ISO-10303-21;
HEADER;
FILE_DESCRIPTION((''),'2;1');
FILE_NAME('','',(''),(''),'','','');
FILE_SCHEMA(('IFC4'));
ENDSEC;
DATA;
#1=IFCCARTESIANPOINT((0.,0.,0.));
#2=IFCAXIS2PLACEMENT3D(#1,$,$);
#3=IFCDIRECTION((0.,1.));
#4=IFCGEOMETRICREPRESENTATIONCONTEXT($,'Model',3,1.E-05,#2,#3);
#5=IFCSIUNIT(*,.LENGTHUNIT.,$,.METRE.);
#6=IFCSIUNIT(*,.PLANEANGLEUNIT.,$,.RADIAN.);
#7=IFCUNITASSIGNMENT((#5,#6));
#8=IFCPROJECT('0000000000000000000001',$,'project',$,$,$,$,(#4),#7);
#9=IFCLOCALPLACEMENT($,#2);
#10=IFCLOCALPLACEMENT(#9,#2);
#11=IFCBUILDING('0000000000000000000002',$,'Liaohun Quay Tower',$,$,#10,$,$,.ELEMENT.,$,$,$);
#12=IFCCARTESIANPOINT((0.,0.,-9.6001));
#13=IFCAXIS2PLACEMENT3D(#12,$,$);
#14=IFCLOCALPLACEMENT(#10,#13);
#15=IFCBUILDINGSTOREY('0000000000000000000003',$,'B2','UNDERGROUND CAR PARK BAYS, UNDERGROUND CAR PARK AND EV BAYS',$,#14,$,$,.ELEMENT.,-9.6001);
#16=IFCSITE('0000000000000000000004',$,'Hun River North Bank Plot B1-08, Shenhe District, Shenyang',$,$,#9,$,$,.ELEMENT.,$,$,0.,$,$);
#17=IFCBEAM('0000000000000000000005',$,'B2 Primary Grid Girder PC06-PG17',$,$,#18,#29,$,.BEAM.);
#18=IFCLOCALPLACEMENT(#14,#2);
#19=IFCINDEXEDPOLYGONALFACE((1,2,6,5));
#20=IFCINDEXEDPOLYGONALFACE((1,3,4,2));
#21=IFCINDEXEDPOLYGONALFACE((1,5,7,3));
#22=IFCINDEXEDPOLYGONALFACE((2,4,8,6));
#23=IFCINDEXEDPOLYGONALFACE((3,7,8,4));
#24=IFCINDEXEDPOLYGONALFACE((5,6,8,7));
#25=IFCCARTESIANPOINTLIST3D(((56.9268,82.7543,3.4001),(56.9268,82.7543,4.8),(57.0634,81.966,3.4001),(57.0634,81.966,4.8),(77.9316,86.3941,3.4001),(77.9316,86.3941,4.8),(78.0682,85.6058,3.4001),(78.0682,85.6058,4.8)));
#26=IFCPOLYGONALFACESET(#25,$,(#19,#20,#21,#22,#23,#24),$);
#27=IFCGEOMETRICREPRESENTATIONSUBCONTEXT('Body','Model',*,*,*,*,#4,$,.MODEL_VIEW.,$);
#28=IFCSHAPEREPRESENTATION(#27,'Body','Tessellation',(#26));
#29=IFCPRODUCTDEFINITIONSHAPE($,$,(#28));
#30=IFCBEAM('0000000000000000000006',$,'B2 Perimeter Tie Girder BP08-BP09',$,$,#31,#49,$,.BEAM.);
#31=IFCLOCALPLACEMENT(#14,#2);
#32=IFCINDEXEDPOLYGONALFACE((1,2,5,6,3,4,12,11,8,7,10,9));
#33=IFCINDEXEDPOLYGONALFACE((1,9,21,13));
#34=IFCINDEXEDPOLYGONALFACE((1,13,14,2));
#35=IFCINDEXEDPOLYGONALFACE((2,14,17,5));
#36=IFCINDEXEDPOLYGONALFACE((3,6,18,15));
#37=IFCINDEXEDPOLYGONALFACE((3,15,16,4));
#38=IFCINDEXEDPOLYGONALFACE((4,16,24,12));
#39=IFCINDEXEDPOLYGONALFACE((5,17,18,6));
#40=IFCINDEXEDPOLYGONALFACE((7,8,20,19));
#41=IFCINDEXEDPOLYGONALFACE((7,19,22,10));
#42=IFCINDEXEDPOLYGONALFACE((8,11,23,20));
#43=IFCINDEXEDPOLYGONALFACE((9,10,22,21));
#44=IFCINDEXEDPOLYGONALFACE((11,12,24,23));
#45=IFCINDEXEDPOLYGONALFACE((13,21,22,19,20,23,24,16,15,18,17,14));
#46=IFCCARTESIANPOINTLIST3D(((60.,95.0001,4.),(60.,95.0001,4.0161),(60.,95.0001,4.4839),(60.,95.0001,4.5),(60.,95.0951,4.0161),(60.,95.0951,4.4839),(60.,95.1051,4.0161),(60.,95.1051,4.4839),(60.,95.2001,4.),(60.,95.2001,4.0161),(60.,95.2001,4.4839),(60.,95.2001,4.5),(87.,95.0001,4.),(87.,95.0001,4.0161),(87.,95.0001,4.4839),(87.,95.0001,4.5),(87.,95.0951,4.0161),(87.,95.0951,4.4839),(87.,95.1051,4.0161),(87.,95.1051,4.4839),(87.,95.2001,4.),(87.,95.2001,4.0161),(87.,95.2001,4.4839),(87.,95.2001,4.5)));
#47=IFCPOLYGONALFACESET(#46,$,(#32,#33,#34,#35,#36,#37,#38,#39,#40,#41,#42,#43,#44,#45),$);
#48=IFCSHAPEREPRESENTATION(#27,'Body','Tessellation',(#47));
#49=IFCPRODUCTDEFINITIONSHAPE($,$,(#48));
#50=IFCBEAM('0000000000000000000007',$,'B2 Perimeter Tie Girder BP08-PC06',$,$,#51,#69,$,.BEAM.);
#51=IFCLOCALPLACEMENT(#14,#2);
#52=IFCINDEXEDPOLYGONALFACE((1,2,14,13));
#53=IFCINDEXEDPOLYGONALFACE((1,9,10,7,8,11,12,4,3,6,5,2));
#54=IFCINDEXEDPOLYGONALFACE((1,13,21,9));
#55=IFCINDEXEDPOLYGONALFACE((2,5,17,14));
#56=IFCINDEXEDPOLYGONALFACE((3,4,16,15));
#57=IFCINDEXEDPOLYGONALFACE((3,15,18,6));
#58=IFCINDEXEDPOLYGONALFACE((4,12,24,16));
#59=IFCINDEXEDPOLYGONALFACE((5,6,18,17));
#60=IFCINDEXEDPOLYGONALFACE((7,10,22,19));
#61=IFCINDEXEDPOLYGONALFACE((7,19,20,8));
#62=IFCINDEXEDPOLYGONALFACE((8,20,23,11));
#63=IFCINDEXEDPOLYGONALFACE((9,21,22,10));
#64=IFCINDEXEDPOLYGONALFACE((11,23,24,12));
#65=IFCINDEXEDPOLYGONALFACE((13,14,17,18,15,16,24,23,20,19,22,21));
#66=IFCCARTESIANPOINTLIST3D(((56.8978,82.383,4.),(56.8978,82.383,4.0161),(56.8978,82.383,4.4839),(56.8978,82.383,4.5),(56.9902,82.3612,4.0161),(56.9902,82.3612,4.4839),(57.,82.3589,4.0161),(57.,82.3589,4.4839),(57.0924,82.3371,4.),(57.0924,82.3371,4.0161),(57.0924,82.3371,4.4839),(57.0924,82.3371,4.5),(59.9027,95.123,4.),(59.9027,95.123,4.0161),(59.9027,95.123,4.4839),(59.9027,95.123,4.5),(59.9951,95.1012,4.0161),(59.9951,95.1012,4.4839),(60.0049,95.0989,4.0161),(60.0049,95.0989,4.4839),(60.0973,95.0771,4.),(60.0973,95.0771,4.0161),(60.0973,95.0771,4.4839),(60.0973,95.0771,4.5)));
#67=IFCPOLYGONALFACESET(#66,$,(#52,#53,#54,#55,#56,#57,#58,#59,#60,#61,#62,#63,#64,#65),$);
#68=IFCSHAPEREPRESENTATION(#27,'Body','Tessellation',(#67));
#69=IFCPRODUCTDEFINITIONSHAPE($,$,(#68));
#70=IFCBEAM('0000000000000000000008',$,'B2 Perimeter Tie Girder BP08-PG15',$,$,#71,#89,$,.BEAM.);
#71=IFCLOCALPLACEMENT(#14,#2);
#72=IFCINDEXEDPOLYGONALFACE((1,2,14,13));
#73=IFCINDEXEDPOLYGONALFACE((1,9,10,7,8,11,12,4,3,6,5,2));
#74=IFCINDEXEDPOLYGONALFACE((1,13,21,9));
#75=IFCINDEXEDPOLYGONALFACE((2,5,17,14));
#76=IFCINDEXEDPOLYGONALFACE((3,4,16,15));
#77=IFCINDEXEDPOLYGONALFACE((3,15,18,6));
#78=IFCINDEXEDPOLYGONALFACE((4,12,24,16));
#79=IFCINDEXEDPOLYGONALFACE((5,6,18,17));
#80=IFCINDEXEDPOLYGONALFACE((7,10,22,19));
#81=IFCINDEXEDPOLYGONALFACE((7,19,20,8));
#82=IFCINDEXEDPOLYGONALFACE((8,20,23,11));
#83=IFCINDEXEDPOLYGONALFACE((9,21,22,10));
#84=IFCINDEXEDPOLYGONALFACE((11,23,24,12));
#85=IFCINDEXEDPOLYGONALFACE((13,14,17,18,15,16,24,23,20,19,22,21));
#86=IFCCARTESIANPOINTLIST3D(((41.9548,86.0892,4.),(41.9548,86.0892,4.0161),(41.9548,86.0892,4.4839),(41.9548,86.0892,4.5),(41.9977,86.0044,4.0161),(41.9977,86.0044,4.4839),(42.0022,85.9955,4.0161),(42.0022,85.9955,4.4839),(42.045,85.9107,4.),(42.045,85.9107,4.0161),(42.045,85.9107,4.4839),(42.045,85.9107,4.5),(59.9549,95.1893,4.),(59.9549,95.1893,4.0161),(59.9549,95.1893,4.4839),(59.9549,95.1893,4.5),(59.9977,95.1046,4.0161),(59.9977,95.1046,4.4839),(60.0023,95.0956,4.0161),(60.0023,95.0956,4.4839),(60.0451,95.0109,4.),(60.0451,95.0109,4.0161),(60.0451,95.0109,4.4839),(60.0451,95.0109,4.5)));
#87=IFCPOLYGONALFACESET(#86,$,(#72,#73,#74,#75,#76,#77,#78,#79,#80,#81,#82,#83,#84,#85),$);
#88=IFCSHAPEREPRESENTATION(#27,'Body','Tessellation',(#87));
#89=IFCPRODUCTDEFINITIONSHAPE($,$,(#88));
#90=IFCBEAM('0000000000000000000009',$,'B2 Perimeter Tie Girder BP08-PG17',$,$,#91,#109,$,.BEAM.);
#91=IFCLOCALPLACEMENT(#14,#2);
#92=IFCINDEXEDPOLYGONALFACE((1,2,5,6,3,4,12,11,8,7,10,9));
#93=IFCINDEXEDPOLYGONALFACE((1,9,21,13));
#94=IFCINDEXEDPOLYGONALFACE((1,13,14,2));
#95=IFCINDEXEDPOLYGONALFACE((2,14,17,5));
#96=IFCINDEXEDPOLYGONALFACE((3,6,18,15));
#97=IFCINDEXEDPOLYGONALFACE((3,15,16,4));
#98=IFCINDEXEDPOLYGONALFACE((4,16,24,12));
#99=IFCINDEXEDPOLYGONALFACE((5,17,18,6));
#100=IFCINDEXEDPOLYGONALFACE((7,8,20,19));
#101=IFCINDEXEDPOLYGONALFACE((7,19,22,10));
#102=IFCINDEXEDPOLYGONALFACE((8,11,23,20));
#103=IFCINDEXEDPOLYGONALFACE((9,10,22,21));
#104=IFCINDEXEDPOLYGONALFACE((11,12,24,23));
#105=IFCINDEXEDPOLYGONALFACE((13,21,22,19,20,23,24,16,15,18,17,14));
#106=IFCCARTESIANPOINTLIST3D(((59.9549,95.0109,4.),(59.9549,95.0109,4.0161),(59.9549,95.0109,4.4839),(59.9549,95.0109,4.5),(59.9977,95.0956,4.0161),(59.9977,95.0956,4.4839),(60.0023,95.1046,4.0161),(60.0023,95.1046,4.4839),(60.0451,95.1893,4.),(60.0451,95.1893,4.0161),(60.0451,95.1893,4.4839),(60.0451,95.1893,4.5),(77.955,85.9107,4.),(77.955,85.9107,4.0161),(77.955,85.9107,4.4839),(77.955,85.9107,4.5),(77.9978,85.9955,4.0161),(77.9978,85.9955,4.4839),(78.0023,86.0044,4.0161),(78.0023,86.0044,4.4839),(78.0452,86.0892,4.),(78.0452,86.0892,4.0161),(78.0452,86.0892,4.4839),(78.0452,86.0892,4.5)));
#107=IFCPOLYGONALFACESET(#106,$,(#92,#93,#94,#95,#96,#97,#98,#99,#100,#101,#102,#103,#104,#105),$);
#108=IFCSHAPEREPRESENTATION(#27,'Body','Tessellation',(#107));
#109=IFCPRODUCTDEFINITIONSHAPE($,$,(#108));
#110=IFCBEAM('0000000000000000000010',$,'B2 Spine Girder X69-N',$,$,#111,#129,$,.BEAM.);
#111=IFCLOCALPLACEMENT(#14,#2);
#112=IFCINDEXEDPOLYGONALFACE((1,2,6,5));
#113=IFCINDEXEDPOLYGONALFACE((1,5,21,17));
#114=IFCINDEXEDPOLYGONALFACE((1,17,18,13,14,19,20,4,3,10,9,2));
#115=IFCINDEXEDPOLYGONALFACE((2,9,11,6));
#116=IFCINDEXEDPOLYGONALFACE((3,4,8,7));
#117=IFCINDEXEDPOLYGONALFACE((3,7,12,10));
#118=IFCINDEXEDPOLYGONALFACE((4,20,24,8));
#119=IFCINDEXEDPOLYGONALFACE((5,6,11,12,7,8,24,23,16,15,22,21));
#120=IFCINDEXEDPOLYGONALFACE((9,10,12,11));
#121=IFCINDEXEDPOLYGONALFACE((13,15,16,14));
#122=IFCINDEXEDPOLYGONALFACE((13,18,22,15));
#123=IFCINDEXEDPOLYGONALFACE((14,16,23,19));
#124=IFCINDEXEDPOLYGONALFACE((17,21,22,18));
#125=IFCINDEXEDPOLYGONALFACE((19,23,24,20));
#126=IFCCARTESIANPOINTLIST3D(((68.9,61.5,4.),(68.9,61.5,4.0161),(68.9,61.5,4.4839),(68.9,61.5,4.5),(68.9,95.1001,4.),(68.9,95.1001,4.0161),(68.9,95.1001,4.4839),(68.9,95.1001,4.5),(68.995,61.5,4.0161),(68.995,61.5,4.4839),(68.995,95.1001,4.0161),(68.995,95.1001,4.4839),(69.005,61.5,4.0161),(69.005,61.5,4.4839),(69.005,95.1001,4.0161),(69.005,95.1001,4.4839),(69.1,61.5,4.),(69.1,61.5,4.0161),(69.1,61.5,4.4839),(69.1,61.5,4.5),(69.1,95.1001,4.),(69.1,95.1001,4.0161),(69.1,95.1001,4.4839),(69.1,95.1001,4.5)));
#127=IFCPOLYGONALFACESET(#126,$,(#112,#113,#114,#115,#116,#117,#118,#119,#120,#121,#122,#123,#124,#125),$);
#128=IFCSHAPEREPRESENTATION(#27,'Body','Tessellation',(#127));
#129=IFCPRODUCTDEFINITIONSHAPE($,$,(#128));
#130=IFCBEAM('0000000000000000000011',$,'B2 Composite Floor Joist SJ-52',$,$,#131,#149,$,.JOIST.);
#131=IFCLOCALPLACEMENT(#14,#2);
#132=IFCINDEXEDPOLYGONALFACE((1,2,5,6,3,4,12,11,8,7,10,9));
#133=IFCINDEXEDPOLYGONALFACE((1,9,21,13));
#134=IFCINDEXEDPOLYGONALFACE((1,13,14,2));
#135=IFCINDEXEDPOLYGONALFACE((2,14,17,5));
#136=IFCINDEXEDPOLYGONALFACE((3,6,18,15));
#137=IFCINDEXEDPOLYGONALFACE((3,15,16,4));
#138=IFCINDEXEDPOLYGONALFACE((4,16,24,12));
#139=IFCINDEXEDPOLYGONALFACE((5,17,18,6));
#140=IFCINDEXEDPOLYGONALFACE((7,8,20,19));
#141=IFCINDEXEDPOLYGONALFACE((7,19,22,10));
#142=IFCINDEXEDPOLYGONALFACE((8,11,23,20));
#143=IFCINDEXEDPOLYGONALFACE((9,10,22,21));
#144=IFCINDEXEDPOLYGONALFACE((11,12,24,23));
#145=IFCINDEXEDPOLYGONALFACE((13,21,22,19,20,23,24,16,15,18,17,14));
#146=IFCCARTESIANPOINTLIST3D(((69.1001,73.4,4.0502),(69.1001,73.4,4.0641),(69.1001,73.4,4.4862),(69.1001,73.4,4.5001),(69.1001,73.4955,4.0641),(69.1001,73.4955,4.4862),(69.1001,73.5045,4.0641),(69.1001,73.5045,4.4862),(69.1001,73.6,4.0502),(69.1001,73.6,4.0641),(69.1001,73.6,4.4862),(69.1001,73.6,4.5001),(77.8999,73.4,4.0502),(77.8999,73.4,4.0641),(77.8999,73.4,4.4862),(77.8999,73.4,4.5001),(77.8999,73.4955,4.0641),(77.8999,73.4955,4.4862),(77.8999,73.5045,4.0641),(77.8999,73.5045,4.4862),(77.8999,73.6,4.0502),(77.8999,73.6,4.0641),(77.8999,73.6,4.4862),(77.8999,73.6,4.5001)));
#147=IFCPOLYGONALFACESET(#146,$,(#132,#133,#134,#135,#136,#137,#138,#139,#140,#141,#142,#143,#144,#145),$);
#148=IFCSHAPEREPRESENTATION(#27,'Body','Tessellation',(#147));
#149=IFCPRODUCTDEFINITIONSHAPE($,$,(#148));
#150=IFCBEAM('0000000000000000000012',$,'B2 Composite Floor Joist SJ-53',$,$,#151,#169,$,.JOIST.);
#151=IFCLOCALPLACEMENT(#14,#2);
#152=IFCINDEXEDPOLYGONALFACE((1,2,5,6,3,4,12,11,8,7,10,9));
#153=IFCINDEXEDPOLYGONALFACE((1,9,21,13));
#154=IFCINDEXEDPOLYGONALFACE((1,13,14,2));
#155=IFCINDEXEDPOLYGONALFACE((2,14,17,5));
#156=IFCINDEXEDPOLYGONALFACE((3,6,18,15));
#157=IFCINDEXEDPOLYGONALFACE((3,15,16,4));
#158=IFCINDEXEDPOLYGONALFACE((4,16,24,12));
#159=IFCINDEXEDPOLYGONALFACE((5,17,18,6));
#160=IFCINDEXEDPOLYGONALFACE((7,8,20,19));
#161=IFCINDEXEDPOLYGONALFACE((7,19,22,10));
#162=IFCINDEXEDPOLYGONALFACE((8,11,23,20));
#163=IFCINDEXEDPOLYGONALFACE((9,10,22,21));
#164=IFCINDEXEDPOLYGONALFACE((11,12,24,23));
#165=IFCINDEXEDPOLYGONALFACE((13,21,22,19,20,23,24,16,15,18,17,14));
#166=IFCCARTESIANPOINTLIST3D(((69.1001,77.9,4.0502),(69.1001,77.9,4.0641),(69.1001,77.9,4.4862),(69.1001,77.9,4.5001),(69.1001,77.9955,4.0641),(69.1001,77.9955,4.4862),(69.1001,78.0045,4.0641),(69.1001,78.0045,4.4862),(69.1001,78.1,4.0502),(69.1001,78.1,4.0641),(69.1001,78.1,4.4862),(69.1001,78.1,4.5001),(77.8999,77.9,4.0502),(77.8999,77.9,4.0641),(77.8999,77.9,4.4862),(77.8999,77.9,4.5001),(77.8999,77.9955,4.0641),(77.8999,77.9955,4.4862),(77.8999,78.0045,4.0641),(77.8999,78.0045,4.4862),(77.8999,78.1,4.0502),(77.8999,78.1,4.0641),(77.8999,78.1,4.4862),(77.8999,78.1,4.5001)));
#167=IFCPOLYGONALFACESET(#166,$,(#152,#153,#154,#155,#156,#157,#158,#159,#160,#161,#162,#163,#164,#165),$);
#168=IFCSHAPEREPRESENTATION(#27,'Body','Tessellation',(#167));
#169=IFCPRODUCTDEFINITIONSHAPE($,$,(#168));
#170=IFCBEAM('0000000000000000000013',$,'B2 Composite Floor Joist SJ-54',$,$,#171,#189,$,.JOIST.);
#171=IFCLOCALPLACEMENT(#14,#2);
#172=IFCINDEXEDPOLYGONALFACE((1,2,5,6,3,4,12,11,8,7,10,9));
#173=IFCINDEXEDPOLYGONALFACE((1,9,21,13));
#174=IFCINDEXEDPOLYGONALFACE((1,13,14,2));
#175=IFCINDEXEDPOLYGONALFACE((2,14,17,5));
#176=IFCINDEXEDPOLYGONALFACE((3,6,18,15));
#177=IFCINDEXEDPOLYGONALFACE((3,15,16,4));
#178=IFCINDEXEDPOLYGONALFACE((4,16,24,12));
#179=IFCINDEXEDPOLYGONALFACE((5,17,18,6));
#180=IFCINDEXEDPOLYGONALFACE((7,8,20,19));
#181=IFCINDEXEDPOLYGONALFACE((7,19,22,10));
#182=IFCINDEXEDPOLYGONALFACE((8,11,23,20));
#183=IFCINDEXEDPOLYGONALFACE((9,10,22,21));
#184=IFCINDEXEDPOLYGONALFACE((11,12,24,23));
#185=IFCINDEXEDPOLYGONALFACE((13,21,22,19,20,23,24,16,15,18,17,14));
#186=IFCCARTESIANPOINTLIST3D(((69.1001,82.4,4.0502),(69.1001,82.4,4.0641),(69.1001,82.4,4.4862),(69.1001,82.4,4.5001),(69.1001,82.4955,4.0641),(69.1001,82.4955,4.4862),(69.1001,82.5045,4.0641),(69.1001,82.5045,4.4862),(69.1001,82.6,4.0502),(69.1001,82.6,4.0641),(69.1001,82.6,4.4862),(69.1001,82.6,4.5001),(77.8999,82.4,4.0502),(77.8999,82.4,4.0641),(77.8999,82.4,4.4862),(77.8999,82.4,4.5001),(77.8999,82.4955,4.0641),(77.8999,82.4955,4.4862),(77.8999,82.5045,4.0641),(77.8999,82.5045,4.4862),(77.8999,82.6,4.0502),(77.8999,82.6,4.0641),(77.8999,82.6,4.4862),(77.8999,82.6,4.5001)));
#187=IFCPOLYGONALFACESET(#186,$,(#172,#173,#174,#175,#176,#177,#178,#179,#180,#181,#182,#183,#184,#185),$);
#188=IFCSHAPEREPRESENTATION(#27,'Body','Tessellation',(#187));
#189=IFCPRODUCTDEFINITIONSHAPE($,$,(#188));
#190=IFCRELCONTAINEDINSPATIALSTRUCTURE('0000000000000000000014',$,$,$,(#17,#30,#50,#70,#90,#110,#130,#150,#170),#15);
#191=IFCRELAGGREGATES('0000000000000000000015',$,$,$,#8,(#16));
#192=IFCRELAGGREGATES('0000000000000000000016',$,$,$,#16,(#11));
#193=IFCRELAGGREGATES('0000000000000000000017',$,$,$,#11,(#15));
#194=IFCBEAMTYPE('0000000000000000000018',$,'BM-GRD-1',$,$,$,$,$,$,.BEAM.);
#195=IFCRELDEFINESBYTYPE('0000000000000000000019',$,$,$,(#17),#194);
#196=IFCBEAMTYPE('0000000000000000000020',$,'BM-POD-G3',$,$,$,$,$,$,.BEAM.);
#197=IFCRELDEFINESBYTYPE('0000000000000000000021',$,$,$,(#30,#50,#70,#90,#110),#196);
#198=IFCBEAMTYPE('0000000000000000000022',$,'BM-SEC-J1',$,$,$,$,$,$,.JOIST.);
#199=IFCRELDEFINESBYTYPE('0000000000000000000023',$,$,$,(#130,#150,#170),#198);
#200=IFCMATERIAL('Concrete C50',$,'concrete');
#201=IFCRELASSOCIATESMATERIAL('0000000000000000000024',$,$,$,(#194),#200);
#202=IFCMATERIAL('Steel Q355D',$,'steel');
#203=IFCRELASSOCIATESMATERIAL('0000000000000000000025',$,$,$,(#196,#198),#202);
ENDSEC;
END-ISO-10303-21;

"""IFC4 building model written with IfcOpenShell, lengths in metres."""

from ifc_helpers import new_model, si_unit, direction, frame, origin, origin_2d, place, context, subcontext, project, spatial, rectangle, i_section, extrude, source, transform, mapped, material, material_profile, profile_set, type_object, element, save


model = new_model("IFC4")

# Units and contexts
model_context = context("Model", 3, precision=1e-05, world=origin(), true_north=direction((0.0, 1.0)))
body_context = subcontext(model_context, "Body", "Model", "MODEL_VIEW")
ifc_project = project(units=[si_unit("LENGTHUNIT", "METRE"), si_unit("PLANEANGLEUNIT", "RADIAN")], contexts=[model_context])

# Site, building, storey
site_placement = place(None, origin())
site = spatial("IfcSite", under=ifc_project, at=site_placement, Name="Hun River North Bank Plot B1-08, Shenhe District, Shenyang", CompositionType="ELEMENT", RefElevation=0.0)
building_placement = place(site_placement, origin())
building = spatial("IfcBuilding", under=site, at=building_placement, Name="Liaohun Quay Tower", CompositionType="ELEMENT")
storey_placement = place(building_placement, frame((0.0, 0.0, -9.6001)))
storey = spatial("IfcBuildingStorey", under=building, at=storey_placement, Name="B2", Description="UNDERGROUND CAR PARK BAYS, UNDERGROUND CAR PARK AND EV BAYS", CompositionType="ELEMENT", Elevation=-9.6001)

# Shared definitions
ifc_material_1 = material(Name="Concrete C50", Category="concrete")

# Beams
ifc_material_profile_1 = material_profile(ifc_material_1, rectangle(XDim=0.8, YDim=1.3999, at=origin_2d()), Name="RC800x1400")
ifc_profile_set_1 = profile_set([ifc_material_profile_1], Name="Concrete C50")
beam_type_1 = type_object("IfcBeamType", Name="BM-GRD-1", PredefinedType="BEAM", material=ifc_profile_set_1)
shared_shape_1 = source(origin(), body_context, "Body", "SweptSolid", [
    extrude(rectangle(XDim=0.8, YDim=1.3999, at=origin_2d()), origin(), (0.0, 0.0, 1.0), 21.3179),
])
beam_1_placement = place(storey_placement, frame((56.9951, 82.3601, 4.1001), z_axis=(0.985316, 0.170743, 0.0), x_axis=(-0.170743, 0.985316, 0.0)))
element("IfcBeam", 1, at=beam_1_placement, inside=storey, type_object=beam_type_1, Name="B2 Primary Grid Girder PC06-PG17", PredefinedType="BEAM", context=body_context, shape_type="MappedRepresentation", body=[
    mapped(shared_shape_1, transform((0.0, 0.0, 0.0), x_axis=(1.0, 0.0, 0.0), y_axis=(0.0, 1.0, 0.0), z_axis=(0.0, 0.0, 1.0), scale=1.0)),
])
ifc_material_2 = material(Name="Steel Q355D", Category="steel")
ifc_material_profile_2 = material_profile(ifc_material_2, i_section(OverallWidth=0.2, OverallDepth=0.5, WebThickness=0.01, FlangeThickness=0.0161, at=origin_2d()), Name="HN500x200x10x16")
ifc_profile_set_2 = profile_set([ifc_material_profile_2], Name="Steel Q355D")
beam_type_2 = type_object("IfcBeamType", Name="BM-POD-G3", PredefinedType="BEAM", material=ifc_profile_set_2)
shared_shape_2 = source(origin(), body_context, "Body", "SweptSolid", [
    extrude(i_section(OverallWidth=0.2, OverallDepth=0.5, WebThickness=0.01, FlangeThickness=0.0161, at=origin_2d()), origin(), (0.0, 0.0, 1.0), 27.0),
])
beam_2_placement = place(storey_placement, frame((60.0, 95.1001, 4.25), z_axis=(1.0, 0.0, 0.0), x_axis=(0.0, 1.0, 0.0)))
element("IfcBeam", 2, at=beam_2_placement, inside=storey, type_object=beam_type_2, Name="B2 Perimeter Tie Girder BP08-BP09", PredefinedType="BEAM", context=body_context, shape_type="MappedRepresentation", body=[
    mapped(shared_shape_2, transform((0.0, 0.0, 0.0), x_axis=(1.0, 0.0, 0.0), y_axis=(0.0, 1.0, 0.0), z_axis=(0.0, 0.0, 1.0), scale=1.0)),
])
shared_shape_3 = source(origin(), body_context, "Body", "SweptSolid", [
    extrude(i_section(OverallWidth=0.2, OverallDepth=0.5, WebThickness=0.01, FlangeThickness=0.0161, at=origin_2d()), origin(), (0.0, 0.0, 1.0), 13.0896),
])
beam_3_placement = place(storey_placement, frame((60.0, 95.1001, 4.25), z_axis=(-0.229563, -0.973294, 0.0), x_axis=(0.973294, -0.229563, 0.0)))
element("IfcBeam", 3, at=beam_3_placement, inside=storey, type_object=beam_type_2, Name="B2 Perimeter Tie Girder BP08-PC06", PredefinedType="BEAM", context=body_context, shape_type="MappedRepresentation", body=[
    mapped(shared_shape_3, transform((0.0, 0.0, 0.0), x_axis=(1.0, 0.0, 0.0), y_axis=(0.0, 1.0, 0.0), z_axis=(0.0, 0.0, 1.0), scale=1.0)),
])
shared_shape_4 = source(origin(), body_context, "Body", "SweptSolid", [
    extrude(i_section(OverallWidth=0.2, OverallDepth=0.5, WebThickness=0.01, FlangeThickness=0.0161, at=origin_2d()), origin(), (0.0, 0.0, 1.0), 20.1697),
])
for number, where, z_axis, x_axis, name in (
    (4, (60.0, 95.1001, 4.25), (-0.892433, -0.451179, 0.0), (0.451179, -0.892433, 0.0), "B2 Perimeter Tie Girder BP08-PG15"),
    (5, (60.0, 95.1001, 4.25), (0.892433, -0.451179, 0.0), (0.451179, 0.892433, 0.0), "B2 Perimeter Tie Girder BP08-PG17"),
):
    element("IfcBeam", number, at=place(storey_placement, frame(where, z_axis=z_axis, x_axis=x_axis)), inside=storey, type_object=beam_type_2, Name=name, PredefinedType="BEAM", context=body_context, shape_type="MappedRepresentation", body=[
        mapped(shared_shape_4, transform((0.0, 0.0, 0.0), x_axis=(1.0, 0.0, 0.0), y_axis=(0.0, 1.0, 0.0), z_axis=(0.0, 0.0, 1.0), scale=1.0)),
    ])
shared_shape_5 = source(origin(), body_context, "Body", "SweptSolid", [
    extrude(i_section(OverallWidth=0.2, OverallDepth=0.5, WebThickness=0.01, FlangeThickness=0.0161, at=origin_2d()), origin(), (0.0, 0.0, 1.0), 33.6001),
])
beam_4_placement = place(storey_placement, frame((69.0, 61.5, 4.25), z_axis=(0.0, 1.0, 0.0), x_axis=(-1.0, 0.0, 0.0)))
element("IfcBeam", 6, at=beam_4_placement, inside=storey, type_object=beam_type_2, Name="B2 Spine Girder X69-N", PredefinedType="BEAM", context=body_context, shape_type="MappedRepresentation", body=[
    mapped(shared_shape_5, transform((0.0, 0.0, 0.0), x_axis=(1.0, 0.0, 0.0), y_axis=(0.0, 1.0, 0.0), z_axis=(0.0, 0.0, 1.0), scale=1.0)),
])
ifc_material_profile_3 = material_profile(ifc_material_2, i_section(OverallWidth=0.2, OverallDepth=0.45, WebThickness=0.009, FlangeThickness=0.0139, at=origin_2d()), Name="HN450x200x9x14")
ifc_profile_set_3 = profile_set([ifc_material_profile_3], Name="Steel Q355D")
beam_type_3 = type_object("IfcBeamType", Name="BM-SEC-J1", PredefinedType="JOIST", material=ifc_profile_set_3)
shared_shape_6 = source(origin(), body_context, "Body", "SweptSolid", [
    extrude(i_section(OverallWidth=0.2, OverallDepth=0.45, WebThickness=0.009, FlangeThickness=0.0139, at=origin_2d()), origin(), (0.0, 0.0, 1.0), 8.7998),
])
for number, where, z_axis, x_axis, name in (
    (7, (69.1001, 73.5, 4.2751), (1.0, 0.0, 0.0), (0.0, 1.0, 0.0), "B2 Composite Floor Joist SJ-52"),
    (8, (69.1001, 78.0, 4.2751), (1.0, 0.0, 0.0), (0.0, 1.0, 0.0), "B2 Composite Floor Joist SJ-53"),
    (9, (69.1001, 82.5, 4.2751), (1.0, 0.0, 0.0), (0.0, 1.0, 0.0), "B2 Composite Floor Joist SJ-54"),
):
    element("IfcBeam", number, at=place(storey_placement, frame(where, z_axis=z_axis, x_axis=x_axis)), inside=storey, type_object=beam_type_3, Name=name, PredefinedType="JOIST", context=body_context, shape_type="MappedRepresentation", body=[
        mapped(shared_shape_6, transform((0.0, 0.0, 0.0), x_axis=(1.0, 0.0, 0.0), y_axis=(0.0, 1.0, 0.0), z_axis=(0.0, 0.0, 1.0), scale=1.0)),
    ])

save(model, "model.ifc")
